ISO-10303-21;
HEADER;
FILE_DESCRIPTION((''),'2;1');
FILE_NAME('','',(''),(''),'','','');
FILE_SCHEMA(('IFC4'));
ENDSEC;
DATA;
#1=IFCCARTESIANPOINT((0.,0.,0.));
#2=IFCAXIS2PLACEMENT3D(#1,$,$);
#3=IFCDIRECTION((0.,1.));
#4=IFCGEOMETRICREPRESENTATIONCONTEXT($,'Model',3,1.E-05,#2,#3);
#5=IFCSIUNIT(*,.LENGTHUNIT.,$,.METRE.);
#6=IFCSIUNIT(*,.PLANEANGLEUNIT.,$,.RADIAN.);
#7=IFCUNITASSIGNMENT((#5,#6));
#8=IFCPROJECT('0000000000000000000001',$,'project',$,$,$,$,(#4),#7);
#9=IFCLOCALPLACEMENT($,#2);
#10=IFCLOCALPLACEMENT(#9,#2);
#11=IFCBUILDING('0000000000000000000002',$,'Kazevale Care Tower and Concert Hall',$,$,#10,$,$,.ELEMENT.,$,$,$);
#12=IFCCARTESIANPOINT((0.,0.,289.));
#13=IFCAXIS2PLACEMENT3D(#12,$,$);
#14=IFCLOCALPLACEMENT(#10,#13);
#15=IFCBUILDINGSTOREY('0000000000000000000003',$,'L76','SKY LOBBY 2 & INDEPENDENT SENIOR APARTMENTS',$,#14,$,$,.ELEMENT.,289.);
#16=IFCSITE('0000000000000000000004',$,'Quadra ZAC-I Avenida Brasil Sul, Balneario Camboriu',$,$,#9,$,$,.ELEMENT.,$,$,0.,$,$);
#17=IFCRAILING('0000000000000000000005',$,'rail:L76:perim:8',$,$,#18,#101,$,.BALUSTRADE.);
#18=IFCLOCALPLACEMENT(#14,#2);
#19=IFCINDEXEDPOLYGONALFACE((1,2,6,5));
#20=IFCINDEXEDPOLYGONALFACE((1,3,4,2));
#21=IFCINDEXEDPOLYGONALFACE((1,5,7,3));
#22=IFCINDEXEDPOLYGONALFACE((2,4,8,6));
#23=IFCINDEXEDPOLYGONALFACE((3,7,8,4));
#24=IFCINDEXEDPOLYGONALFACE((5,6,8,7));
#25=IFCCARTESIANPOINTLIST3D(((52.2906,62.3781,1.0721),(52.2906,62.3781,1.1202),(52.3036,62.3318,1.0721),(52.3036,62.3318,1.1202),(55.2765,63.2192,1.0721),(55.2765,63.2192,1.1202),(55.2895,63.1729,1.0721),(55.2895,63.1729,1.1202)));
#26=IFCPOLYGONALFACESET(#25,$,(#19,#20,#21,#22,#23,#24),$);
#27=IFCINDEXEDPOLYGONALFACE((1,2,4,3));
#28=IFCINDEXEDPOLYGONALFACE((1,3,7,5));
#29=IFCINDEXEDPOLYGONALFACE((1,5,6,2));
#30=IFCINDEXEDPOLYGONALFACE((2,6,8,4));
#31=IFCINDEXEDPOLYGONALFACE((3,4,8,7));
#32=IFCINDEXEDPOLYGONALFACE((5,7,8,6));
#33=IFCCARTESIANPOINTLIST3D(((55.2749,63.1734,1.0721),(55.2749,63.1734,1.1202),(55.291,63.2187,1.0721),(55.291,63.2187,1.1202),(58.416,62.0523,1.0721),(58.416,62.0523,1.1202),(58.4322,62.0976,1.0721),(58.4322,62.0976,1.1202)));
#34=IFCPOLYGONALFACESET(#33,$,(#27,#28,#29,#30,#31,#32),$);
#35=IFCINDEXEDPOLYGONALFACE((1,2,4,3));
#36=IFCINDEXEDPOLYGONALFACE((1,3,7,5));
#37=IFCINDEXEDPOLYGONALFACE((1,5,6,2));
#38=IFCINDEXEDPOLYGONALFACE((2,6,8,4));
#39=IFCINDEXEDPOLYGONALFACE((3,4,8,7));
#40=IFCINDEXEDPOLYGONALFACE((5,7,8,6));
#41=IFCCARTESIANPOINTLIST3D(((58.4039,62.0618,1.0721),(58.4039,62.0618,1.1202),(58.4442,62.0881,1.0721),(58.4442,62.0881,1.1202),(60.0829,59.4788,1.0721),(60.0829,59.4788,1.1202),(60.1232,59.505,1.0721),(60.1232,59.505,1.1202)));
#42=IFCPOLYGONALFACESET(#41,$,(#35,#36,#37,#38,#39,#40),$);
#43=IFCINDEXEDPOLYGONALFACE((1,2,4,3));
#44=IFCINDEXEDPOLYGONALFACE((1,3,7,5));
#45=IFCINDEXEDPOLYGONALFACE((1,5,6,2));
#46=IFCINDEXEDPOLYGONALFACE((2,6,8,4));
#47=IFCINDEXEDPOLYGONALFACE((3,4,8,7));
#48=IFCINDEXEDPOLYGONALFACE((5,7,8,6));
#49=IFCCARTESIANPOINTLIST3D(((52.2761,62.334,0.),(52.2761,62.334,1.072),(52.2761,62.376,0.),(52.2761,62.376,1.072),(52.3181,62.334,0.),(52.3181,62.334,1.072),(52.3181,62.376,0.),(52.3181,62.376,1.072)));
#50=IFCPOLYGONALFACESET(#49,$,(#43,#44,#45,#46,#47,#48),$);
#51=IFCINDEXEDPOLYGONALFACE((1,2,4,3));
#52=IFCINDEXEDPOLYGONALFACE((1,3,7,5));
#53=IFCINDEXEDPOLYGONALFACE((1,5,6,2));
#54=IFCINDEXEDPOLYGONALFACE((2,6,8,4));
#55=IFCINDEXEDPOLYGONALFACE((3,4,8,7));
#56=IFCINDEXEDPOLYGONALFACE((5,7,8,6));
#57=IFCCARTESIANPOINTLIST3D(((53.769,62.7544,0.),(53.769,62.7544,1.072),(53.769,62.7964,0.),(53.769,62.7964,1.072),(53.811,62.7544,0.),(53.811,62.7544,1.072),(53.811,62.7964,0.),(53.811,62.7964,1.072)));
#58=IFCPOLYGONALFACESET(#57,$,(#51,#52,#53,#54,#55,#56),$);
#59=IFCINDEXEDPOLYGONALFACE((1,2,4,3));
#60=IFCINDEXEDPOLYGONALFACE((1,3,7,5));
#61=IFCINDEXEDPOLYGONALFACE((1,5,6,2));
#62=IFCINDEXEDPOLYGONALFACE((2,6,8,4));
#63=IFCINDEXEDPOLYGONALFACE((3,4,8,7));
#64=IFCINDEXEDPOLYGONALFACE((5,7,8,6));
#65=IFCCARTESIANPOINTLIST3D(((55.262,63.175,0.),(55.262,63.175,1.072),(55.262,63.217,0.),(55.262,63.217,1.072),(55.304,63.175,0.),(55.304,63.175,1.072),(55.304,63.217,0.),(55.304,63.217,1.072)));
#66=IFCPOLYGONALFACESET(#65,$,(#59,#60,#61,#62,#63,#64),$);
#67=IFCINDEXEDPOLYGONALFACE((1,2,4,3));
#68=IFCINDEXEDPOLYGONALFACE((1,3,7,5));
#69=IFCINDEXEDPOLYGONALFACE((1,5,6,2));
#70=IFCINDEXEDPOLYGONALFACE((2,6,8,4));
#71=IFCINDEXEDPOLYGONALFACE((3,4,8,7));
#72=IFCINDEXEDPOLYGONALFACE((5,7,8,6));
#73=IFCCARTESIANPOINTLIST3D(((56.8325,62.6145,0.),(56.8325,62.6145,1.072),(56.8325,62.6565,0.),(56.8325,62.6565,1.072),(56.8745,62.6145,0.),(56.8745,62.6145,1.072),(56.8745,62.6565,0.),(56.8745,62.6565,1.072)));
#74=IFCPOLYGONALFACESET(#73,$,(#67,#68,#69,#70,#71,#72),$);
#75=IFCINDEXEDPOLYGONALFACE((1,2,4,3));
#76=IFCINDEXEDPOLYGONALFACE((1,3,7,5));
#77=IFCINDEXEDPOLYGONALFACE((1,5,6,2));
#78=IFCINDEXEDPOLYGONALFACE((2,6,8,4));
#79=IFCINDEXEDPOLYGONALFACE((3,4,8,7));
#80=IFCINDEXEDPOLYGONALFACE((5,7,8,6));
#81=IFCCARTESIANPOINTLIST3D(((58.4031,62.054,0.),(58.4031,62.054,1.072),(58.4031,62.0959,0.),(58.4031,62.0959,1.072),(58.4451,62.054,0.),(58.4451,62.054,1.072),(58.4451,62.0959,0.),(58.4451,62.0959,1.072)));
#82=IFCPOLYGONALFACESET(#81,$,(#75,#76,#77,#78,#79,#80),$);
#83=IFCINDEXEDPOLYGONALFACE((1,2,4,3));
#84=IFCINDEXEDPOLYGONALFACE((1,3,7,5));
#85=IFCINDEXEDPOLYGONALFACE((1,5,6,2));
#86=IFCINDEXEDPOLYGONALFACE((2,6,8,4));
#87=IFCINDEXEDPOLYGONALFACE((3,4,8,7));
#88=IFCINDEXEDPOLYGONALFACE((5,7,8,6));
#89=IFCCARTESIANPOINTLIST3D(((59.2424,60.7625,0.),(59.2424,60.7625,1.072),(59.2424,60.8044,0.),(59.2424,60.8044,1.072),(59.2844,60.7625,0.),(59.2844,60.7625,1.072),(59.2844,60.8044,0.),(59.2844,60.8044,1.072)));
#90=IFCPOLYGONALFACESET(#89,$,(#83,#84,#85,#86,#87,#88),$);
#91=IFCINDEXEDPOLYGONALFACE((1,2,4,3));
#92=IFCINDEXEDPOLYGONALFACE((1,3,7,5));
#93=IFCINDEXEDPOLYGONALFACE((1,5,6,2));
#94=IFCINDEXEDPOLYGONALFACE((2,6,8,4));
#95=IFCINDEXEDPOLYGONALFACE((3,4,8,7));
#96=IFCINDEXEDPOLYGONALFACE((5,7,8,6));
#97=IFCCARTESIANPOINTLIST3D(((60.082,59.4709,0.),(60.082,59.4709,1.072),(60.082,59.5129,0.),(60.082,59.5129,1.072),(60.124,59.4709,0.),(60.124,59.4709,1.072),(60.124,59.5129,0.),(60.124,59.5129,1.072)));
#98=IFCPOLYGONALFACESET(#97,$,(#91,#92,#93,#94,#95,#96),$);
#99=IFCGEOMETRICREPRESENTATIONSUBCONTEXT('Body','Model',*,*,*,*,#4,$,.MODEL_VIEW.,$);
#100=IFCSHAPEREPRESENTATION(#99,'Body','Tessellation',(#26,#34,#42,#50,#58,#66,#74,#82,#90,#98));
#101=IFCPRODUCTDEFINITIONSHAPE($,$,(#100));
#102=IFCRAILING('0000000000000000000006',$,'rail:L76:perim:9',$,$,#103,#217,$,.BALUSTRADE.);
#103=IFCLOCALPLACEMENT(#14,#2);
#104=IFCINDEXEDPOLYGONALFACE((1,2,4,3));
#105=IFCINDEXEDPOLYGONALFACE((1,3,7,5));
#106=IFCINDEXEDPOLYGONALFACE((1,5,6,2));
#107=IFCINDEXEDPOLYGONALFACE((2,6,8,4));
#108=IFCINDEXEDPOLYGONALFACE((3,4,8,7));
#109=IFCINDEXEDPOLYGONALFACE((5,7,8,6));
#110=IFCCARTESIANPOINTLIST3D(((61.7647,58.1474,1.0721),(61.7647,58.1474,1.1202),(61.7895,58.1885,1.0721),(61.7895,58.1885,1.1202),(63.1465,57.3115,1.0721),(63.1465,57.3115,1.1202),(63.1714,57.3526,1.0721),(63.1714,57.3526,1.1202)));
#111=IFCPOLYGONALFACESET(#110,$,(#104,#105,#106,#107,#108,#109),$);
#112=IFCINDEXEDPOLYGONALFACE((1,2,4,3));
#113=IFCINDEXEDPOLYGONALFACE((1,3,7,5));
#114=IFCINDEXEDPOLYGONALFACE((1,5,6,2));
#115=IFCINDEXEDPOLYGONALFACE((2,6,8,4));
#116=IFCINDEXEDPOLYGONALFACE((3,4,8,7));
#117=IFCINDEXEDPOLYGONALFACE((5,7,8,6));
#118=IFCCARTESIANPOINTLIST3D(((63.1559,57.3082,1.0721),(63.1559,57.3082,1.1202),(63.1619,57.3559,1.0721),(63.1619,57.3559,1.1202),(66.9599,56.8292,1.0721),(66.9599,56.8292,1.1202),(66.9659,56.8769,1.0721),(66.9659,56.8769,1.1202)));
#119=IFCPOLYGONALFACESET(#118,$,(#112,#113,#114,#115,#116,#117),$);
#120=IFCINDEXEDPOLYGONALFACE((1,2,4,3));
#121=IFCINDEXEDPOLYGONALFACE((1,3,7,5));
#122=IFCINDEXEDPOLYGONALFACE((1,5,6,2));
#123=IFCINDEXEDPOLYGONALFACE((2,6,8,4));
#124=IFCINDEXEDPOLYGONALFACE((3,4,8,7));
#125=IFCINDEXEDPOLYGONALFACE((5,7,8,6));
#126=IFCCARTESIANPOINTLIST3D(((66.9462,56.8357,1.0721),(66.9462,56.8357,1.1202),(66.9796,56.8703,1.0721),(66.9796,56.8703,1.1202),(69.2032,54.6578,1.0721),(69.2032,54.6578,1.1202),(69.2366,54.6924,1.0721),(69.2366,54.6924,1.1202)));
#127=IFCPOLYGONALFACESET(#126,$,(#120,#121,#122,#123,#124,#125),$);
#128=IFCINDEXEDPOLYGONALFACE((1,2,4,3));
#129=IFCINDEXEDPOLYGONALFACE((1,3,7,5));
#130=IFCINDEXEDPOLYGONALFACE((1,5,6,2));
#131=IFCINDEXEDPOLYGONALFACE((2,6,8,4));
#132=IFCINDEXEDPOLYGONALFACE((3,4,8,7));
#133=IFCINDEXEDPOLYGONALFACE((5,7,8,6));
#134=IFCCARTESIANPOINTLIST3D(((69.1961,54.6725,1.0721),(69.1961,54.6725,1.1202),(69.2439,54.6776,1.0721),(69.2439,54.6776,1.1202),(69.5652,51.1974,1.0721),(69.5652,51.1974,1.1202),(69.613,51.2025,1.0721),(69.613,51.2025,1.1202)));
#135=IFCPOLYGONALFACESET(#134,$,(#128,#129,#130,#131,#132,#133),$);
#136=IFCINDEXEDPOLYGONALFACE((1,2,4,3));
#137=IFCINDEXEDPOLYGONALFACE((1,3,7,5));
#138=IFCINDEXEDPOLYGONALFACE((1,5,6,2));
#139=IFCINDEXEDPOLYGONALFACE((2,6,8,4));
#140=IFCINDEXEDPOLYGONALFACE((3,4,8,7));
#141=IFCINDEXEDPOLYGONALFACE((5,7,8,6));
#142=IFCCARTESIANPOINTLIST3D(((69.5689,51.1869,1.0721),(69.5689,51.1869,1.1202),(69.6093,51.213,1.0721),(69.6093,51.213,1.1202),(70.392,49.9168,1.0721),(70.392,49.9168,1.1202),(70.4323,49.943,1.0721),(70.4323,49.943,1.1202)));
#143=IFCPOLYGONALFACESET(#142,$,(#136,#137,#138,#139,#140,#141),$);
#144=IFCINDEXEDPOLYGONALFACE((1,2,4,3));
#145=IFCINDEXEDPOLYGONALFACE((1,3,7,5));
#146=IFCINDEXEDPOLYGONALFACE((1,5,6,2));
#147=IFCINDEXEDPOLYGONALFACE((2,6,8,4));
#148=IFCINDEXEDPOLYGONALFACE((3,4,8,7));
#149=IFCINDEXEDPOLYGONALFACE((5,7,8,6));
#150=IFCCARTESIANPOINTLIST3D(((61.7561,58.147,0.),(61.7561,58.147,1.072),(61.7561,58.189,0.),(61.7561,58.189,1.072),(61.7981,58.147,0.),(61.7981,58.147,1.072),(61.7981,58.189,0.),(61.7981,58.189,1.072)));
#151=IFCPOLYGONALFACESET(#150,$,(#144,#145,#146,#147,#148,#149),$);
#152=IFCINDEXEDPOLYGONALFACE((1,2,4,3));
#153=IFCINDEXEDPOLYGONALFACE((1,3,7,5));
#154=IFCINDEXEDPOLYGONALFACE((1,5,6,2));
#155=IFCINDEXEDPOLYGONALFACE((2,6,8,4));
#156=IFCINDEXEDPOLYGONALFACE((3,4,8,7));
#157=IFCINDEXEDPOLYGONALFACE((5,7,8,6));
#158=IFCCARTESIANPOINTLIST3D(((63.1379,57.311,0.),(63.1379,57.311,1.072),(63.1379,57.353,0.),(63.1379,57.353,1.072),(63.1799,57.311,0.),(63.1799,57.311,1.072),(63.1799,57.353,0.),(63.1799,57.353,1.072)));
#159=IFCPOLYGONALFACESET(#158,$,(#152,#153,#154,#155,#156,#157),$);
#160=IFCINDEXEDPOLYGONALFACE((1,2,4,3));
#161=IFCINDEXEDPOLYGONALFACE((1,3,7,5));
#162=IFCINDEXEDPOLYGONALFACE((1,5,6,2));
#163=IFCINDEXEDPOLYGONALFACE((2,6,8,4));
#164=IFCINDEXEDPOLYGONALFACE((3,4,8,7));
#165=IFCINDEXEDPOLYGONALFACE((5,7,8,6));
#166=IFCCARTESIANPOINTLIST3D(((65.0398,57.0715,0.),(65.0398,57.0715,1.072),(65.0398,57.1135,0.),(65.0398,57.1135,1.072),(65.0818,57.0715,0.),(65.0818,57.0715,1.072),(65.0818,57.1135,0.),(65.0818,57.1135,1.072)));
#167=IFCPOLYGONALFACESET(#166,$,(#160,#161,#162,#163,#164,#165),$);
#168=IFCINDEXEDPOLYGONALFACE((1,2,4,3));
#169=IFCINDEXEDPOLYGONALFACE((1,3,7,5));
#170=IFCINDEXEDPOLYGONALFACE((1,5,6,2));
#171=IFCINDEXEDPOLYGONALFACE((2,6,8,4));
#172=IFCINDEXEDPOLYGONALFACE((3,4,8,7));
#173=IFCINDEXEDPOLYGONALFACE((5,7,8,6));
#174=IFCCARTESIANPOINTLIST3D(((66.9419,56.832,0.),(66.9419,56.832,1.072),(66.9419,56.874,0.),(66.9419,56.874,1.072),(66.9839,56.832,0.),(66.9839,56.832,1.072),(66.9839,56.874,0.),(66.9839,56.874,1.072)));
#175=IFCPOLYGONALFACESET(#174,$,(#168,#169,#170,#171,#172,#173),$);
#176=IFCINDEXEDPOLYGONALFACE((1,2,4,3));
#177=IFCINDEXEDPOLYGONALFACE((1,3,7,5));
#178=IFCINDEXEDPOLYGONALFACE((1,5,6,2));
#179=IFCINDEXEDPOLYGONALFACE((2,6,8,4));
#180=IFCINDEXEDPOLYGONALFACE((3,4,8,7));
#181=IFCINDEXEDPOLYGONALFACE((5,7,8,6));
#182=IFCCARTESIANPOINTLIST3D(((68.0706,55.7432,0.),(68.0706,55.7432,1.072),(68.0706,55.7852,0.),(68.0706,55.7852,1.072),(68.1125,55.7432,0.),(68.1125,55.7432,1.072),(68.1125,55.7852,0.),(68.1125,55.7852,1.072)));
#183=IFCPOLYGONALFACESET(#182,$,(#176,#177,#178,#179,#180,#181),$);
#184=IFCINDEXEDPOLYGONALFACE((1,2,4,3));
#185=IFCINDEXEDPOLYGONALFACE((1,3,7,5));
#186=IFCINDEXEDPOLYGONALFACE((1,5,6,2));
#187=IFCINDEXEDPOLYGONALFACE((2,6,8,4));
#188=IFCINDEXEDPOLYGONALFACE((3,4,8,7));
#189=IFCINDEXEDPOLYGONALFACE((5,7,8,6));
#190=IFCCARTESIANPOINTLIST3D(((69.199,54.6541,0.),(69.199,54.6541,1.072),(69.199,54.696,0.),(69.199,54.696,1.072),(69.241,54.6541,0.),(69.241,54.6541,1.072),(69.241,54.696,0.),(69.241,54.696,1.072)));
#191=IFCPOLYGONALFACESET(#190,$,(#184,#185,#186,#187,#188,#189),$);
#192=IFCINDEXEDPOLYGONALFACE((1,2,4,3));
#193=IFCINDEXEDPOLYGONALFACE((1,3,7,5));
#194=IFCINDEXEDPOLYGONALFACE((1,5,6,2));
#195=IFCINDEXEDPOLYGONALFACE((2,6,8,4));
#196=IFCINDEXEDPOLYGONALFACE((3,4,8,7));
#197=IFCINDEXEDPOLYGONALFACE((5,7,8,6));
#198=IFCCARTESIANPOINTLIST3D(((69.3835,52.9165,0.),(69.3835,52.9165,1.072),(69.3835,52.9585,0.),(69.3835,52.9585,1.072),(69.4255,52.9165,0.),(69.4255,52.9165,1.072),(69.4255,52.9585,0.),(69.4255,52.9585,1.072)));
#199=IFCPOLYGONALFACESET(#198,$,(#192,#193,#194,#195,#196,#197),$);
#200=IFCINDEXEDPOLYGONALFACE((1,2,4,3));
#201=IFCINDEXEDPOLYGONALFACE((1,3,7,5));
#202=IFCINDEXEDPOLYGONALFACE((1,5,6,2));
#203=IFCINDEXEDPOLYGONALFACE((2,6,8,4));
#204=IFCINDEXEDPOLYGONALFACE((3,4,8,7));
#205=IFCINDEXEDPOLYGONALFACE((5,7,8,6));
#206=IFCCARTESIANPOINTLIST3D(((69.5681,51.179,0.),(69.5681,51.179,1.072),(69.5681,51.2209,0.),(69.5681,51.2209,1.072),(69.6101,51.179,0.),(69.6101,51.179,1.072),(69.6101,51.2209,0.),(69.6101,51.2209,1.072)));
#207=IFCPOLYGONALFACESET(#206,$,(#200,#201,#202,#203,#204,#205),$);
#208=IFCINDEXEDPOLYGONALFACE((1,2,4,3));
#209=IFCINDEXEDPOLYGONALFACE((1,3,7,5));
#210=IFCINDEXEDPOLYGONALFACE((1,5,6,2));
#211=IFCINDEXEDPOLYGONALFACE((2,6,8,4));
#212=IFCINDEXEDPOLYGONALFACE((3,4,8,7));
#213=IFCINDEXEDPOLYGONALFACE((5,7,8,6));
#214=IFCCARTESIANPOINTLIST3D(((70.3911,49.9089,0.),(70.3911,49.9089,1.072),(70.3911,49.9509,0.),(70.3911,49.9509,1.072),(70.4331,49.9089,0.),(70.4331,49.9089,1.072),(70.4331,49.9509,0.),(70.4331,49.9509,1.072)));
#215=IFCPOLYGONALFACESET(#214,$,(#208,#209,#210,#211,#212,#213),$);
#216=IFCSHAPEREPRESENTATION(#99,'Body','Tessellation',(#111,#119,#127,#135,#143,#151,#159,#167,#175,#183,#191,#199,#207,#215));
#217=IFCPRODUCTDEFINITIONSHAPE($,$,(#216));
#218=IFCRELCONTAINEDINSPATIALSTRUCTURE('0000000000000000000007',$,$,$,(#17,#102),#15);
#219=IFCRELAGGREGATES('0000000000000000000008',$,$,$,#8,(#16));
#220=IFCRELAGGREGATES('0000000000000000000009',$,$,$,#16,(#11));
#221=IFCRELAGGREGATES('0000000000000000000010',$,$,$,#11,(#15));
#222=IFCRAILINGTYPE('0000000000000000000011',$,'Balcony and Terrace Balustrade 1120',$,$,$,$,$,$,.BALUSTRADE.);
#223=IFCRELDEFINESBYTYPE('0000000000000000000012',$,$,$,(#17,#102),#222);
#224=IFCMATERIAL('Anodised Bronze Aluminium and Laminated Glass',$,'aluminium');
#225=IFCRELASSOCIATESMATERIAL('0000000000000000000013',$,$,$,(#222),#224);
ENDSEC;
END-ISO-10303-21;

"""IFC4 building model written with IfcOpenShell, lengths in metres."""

from ifc_helpers import new_model, si_unit, direction, frame, origin, origin_2d, place, context, subcontext, project, spatial, rectangle, extrude, material, type_object, element, save


model = new_model("IFC4")

# Units and contexts
model_context = context("Model", 3, precision=1e-05, world=origin(), true_north=direction((0.0, 1.0)))
body_context = subcontext(model_context, "Body", "Model", "MODEL_VIEW")
ifc_project = project(units=[si_unit("LENGTHUNIT", "METRE"), si_unit("PLANEANGLEUNIT", "RADIAN")], contexts=[model_context])

# Site, building, storey
site_placement = place(None, origin())
site = spatial("IfcSite", under=ifc_project, at=site_placement, Name="Quadra ZAC-I Avenida Brasil Sul, Balneario Camboriu", CompositionType="ELEMENT", RefElevation=0.0)
building_placement = place(site_placement, origin())
building = spatial("IfcBuilding", under=site, at=building_placement, Name="Kazevale Care Tower and Concert Hall", CompositionType="ELEMENT")
storey_placement = place(building_placement, frame((0.0, 0.0, 289.0)))
storey = spatial("IfcBuildingStorey", under=building, at=storey_placement, Name="L76", Description="SKY LOBBY 2 & INDEPENDENT SENIOR APARTMENTS", CompositionType="ELEMENT", Elevation=289.0)

# Railings
ifc_material_1 = material(Name="Anodised Bronze Aluminium and Laminated Glass", Category="aluminium")
railing_type = type_object("IfcRailingType", Name="Balcony and Terrace Balustrade 1120", PredefinedType="BALUSTRADE", material=ifc_material_1)
railing_1_placement = place(storey_placement, frame((52.2971, 62.355, 0.0)))
element("IfcRailing", 1, at=railing_1_placement, inside=storey, type_object=railing_type, Name="rail:L76:perim:8", PredefinedType="BALUSTRADE", context=body_context, shape_type="SweptSolid", body=[
    extrude(rectangle(XDim=0.0481, YDim=0.0481, at=origin_2d()), frame((0.0, 0.0, 1.0962), z_axis=(0.962542, 0.271133, 0.0), x_axis=(-0.271133, 0.962542, 0.0)), (0.0, 0.0, 1.0), 3.1021),
    extrude(rectangle(XDim=0.0481, YDim=0.0481, at=origin_2d()), frame((2.9858, 0.8411, 1.0962), z_axis=(0.941811, -0.336142, 0.0), x_axis=(0.336142, 0.941811, 0.0)), (0.0, 0.0, 1.0), 3.3352),
    extrude(rectangle(XDim=0.0481, YDim=0.0481, at=origin_2d()), frame((6.127, -0.28, 1.0962), z_axis=(0.544988, -0.838444, 0.0), x_axis=(0.838444, 0.544988, 0.0)), (0.0, 0.0, 1.0), 3.0808),
    extrude(rectangle(XDim=0.042, YDim=0.042, at=origin_2d()), origin(), (0.0, 0.0, 1.0), 1.072),
    extrude(rectangle(XDim=0.042, YDim=0.042, at=origin_2d()), frame((1.4929, 0.4204, 0.0)), (0.0, 0.0, 1.0), 1.072),
    extrude(rectangle(XDim=0.042, YDim=0.042, at=origin_2d()), frame((2.9858, 0.8411, 0.0)), (0.0, 0.0, 1.0), 1.072),
    extrude(rectangle(XDim=0.042, YDim=0.042, at=origin_2d()), frame((4.5564, 0.2805, 0.0)), (0.0, 0.0, 1.0), 1.072),
    extrude(rectangle(XDim=0.042, YDim=0.042, at=origin_2d()), frame((6.127, -0.28, 0.0)), (0.0, 0.0, 1.0), 1.072),
    extrude(rectangle(XDim=0.042, YDim=0.042, at=origin_2d()), frame((6.9663, -1.5715, 0.0)), (0.0, 0.0, 1.0), 1.072),
    extrude(rectangle(XDim=0.042, YDim=0.042, at=origin_2d()), frame((7.8059, -2.863, 0.0)), (0.0, 0.0, 1.0), 1.072),
])
railing_2_placement = place(storey_placement, frame((61.7771, 58.168, 0.0)))
element("IfcRailing", 2, at=railing_2_placement, inside=storey, type_object=railing_type, Name="rail:L76:perim:9", PredefinedType="BALUSTRADE", context=body_context, shape_type="SweptSolid", body=[
    extrude(rectangle(XDim=0.0481, YDim=0.0481, at=origin_2d()), frame((0.0, 0.0, 1.0962), z_axis=(0.85562, -0.517605, 0.0), x_axis=(0.517605, 0.85562, 0.0)), (0.0, 0.0, 1.0), 1.615),
    extrude(rectangle(XDim=0.0481, YDim=0.0481, at=origin_2d()), frame((1.3818, -0.8359, 1.0962), z_axis=(0.992165, -0.124936, 0.0), x_axis=(0.124936, 0.992165, 0.0)), (0.0, 0.0, 1.0), 3.834),
    extrude(rectangle(XDim=0.0481, YDim=0.0481, at=origin_2d()), frame((5.1858, -1.3149, 1.0962), z_axis=(0.719604, -0.694385, 0.0), x_axis=(0.694385, 0.719604, 0.0)), (0.0, 0.0, 1.0), 3.1365),
    extrude(rectangle(XDim=0.0481, YDim=0.0481, at=origin_2d()), frame((7.4429, -3.4929, 1.0962), z_axis=(0.10563, -0.994405, 0.0), x_axis=(0.994405, 0.10563, 0.0)), (0.0, 0.0, 1.0), 3.4946),
    extrude(rectangle(XDim=0.0481, YDim=0.0481, at=origin_2d()), frame((7.812, -6.968, 1.0962), z_axis=(0.54382, -0.839202, 0.0), x_axis=(0.839202, 0.54382, 0.0)), (0.0, 0.0, 1.0), 1.5134),
    extrude(rectangle(XDim=0.042, YDim=0.042, at=origin_2d()), origin(), (0.0, 0.0, 1.0), 1.072),
    extrude(rectangle(XDim=0.042, YDim=0.042, at=origin_2d()), frame((1.3818, -0.8359, 0.0)), (0.0, 0.0, 1.0), 1.072),
    extrude(rectangle(XDim=0.042, YDim=0.042, at=origin_2d()), frame((3.2837, -1.0754, 0.0)), (0.0, 0.0, 1.0), 1.072),
    extrude(rectangle(XDim=0.042, YDim=0.042, at=origin_2d()), frame((5.1858, -1.3149, 0.0)), (0.0, 0.0, 1.0), 1.072),
    extrude(rectangle(XDim=0.042, YDim=0.042, at=origin_2d()), frame((6.3145, -2.4038, 0.0)), (0.0, 0.0, 1.0), 1.072),
    extrude(rectangle(XDim=0.042, YDim=0.042, at=origin_2d()), frame((7.4429, -3.4929, 0.0)), (0.0, 0.0, 1.0), 1.072),
    extrude(rectangle(XDim=0.042, YDim=0.042, at=origin_2d()), frame((7.6274, -5.2305, 0.0)), (0.0, 0.0, 1.0), 1.072),
    extrude(rectangle(XDim=0.042, YDim=0.042, at=origin_2d()), frame((7.812, -6.968, 0.0)), (0.0, 0.0, 1.0), 1.072),
    extrude(rectangle(XDim=0.042, YDim=0.042, at=origin_2d()), frame((8.635, -8.238, 0.0)), (0.0, 0.0, 1.0), 1.072),
])

save(model, "model.ifc")
